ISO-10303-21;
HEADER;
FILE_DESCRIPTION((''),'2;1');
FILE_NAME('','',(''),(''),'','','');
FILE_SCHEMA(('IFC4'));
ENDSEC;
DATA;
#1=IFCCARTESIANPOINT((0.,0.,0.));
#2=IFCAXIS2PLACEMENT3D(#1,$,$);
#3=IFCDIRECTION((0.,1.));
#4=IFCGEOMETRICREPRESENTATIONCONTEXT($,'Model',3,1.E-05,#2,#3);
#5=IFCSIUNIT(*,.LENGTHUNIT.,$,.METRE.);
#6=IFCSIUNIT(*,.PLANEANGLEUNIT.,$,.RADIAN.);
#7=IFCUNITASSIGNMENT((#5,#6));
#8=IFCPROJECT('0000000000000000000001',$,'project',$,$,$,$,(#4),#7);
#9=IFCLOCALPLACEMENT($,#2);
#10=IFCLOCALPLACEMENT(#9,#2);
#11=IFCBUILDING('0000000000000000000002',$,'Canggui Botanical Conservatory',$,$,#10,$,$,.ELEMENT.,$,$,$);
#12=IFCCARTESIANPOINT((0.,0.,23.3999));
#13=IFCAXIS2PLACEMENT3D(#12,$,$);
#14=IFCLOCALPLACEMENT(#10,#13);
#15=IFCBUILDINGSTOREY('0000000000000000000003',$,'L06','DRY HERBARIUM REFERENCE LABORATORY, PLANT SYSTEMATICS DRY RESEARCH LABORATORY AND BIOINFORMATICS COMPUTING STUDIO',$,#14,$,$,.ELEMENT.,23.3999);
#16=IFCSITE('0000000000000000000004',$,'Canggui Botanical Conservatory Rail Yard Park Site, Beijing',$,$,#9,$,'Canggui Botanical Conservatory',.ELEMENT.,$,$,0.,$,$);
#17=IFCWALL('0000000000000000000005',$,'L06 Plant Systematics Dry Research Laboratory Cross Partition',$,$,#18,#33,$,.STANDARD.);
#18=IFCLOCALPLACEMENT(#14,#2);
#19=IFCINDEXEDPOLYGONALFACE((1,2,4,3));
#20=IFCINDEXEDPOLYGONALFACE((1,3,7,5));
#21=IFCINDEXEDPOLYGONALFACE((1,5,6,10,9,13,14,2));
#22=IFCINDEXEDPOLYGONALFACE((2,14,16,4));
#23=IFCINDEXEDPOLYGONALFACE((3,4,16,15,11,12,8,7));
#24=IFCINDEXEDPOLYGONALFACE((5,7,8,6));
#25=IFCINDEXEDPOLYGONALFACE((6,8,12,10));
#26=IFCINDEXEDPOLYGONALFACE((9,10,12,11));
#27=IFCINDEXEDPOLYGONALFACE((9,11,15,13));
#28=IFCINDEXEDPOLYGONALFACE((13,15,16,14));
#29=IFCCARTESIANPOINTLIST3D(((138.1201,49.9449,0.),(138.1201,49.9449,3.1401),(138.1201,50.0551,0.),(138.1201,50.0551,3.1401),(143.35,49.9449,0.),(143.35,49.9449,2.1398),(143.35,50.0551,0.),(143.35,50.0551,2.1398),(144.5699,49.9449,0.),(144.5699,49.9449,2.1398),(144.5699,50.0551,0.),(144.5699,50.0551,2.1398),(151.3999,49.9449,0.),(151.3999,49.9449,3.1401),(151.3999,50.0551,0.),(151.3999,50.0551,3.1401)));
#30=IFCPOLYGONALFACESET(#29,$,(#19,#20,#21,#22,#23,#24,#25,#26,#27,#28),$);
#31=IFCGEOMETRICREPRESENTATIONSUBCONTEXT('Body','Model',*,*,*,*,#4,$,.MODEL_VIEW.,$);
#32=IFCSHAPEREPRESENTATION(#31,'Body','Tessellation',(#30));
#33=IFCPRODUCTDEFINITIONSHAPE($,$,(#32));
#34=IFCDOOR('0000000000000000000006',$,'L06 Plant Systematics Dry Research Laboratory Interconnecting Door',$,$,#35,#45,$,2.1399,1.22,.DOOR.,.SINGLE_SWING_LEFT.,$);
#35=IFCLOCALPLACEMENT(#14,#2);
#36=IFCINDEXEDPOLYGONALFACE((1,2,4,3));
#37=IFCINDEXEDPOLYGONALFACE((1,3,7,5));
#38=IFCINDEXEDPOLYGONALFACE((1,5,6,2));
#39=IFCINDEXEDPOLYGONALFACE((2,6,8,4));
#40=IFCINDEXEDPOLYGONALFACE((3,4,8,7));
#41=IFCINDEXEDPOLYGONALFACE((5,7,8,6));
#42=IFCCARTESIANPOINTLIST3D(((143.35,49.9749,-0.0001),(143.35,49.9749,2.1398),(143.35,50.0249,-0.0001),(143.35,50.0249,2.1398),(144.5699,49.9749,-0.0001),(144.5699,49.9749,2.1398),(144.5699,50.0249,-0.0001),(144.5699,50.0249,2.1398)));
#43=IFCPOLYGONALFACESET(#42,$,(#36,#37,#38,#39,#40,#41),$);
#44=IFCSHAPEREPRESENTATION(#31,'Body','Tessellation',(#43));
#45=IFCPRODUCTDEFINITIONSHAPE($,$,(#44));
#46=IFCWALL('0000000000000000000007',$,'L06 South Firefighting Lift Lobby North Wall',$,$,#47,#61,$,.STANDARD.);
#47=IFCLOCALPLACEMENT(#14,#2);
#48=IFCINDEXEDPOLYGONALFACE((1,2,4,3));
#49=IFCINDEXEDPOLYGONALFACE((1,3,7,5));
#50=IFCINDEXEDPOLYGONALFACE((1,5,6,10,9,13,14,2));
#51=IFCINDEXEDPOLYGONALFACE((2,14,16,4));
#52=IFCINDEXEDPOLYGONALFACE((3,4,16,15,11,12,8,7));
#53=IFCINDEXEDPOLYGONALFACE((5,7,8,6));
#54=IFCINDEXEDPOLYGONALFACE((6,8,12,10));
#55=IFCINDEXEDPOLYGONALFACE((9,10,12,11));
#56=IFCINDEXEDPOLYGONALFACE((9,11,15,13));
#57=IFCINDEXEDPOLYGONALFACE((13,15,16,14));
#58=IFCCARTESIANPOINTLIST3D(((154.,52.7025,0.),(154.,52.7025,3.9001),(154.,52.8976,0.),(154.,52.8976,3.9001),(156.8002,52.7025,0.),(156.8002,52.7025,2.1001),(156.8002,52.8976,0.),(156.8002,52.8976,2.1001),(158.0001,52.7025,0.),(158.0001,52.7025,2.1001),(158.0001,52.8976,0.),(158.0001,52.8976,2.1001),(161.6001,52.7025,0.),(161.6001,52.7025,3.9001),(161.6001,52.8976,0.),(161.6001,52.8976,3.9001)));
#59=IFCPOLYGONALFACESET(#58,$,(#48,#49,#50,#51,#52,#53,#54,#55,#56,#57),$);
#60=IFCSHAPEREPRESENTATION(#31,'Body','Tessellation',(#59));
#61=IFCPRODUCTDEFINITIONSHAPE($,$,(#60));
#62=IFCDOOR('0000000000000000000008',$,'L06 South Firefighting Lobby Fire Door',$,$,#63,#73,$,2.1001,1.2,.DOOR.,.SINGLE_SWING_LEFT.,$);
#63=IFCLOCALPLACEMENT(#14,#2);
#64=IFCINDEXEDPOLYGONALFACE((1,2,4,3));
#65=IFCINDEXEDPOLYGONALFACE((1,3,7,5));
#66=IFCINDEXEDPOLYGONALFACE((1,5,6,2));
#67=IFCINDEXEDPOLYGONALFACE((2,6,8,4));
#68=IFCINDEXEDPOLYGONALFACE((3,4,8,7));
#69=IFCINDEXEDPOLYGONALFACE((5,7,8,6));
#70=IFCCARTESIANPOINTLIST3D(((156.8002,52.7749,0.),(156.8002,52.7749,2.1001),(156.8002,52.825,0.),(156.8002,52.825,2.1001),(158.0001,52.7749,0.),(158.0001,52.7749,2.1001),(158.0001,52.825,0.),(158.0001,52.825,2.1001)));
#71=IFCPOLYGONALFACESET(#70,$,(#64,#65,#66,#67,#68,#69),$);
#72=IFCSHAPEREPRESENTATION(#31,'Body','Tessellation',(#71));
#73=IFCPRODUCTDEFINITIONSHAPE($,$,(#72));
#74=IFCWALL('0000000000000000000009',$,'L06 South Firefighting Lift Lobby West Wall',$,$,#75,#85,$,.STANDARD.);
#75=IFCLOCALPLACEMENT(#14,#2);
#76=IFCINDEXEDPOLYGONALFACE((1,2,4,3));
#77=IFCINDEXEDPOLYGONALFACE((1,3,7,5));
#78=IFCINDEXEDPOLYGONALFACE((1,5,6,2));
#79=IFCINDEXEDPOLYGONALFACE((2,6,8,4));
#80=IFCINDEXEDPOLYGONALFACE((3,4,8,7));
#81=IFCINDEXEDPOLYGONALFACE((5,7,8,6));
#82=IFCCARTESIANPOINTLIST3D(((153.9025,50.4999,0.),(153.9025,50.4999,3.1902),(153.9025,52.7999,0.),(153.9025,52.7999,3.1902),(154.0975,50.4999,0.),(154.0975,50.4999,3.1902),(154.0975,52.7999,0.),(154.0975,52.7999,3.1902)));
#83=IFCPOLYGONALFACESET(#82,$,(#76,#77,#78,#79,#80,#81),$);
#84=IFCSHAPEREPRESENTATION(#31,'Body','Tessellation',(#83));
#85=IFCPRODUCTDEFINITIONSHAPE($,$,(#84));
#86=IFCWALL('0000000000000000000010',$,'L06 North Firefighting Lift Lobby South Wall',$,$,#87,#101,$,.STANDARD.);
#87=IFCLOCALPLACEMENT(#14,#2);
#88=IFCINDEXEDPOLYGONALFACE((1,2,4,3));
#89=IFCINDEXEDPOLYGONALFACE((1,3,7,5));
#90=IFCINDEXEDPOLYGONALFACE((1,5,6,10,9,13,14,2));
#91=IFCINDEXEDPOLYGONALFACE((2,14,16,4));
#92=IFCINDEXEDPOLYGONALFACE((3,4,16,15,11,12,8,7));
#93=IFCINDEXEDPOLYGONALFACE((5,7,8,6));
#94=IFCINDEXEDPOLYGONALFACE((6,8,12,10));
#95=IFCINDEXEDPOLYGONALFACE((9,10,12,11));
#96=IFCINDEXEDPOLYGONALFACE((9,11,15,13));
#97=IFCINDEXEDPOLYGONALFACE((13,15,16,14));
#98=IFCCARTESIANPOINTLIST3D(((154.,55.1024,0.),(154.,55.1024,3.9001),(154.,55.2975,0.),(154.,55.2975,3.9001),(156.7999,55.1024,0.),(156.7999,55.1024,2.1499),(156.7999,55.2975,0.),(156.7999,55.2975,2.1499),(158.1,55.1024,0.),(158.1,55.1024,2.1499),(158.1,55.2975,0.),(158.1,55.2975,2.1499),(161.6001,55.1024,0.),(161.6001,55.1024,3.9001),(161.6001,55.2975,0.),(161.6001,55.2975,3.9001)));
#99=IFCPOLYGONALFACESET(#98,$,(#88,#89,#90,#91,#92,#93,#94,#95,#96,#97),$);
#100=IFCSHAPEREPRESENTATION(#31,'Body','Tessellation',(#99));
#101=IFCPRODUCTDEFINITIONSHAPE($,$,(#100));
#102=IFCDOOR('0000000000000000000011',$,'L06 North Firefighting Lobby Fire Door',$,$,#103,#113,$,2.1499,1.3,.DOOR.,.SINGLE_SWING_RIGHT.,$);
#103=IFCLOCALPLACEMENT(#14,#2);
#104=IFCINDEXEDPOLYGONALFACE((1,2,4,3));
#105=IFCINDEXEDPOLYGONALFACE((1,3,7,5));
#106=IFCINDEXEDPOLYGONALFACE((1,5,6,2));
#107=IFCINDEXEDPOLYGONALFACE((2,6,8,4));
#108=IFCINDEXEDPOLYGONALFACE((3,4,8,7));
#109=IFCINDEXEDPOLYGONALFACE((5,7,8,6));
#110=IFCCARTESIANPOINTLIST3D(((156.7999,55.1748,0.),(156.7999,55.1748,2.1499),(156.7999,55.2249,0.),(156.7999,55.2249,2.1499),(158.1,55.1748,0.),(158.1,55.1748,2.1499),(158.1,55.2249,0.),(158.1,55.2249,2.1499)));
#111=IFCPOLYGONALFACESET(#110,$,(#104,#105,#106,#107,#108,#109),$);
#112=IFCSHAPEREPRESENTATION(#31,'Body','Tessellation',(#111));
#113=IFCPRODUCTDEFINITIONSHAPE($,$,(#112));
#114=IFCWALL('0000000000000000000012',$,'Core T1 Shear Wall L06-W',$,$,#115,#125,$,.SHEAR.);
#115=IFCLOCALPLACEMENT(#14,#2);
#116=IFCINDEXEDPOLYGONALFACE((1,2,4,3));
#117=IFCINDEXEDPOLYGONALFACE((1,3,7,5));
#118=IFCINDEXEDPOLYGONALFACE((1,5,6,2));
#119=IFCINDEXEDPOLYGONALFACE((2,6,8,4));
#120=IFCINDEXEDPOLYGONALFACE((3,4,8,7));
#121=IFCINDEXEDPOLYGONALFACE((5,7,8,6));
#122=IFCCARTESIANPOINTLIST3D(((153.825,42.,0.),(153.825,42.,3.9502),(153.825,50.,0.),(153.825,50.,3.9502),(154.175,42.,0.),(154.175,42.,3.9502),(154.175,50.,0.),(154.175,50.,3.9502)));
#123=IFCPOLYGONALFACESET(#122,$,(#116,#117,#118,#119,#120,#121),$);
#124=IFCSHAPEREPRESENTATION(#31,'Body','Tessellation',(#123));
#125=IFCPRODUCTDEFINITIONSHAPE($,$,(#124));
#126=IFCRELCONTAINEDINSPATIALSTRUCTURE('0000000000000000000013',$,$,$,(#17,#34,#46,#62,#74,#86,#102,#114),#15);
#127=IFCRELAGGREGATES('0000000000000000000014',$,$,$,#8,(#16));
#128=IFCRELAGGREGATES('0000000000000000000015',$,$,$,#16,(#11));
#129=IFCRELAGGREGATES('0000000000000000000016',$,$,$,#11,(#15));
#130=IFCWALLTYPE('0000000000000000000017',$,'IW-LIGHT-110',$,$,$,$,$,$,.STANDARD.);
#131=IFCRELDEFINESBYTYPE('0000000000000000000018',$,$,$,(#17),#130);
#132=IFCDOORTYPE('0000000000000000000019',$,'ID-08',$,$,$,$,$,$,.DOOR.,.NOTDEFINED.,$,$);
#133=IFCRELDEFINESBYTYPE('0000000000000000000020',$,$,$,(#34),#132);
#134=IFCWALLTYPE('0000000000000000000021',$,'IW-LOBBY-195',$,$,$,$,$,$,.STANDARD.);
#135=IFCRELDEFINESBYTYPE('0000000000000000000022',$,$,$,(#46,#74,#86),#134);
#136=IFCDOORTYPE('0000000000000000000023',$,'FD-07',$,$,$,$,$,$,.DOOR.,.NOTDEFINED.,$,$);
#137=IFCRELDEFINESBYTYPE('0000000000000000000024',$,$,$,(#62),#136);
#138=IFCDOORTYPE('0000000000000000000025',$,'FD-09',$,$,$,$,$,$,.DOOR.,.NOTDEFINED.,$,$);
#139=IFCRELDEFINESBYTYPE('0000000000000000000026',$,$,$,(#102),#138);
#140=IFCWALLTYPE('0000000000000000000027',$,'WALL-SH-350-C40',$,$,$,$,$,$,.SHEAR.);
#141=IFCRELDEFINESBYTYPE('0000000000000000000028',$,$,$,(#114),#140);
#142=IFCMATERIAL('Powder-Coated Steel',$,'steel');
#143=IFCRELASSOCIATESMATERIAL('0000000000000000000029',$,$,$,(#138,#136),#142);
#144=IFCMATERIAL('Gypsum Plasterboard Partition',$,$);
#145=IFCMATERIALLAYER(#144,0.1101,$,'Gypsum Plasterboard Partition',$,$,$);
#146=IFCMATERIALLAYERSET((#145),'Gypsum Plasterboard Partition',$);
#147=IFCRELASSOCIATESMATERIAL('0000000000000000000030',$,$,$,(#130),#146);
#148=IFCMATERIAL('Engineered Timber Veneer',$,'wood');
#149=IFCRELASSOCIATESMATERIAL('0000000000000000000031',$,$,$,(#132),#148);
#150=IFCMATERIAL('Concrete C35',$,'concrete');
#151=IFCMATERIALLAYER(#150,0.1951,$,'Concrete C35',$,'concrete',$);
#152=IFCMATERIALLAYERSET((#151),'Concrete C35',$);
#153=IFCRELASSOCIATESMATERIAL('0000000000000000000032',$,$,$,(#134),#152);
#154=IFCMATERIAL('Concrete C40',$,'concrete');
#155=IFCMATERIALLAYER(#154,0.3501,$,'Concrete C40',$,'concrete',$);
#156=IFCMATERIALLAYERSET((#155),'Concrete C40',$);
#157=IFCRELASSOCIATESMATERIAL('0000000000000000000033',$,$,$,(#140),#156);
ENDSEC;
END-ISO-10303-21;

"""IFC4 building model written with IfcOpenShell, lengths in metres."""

from ifc_helpers import new_model, si_unit, direction, frame, frame_2d, origin, place, context, subcontext, project, spatial, rectangle, extrude, material, layer, layer_set, type_object, element, fill, save


model = new_model("IFC4")

# Units and contexts
model_context = context("Model", 3, precision=1e-05, world=origin(), true_north=direction((0.0, 1.0)))
body_context = subcontext(model_context, "Body", "Model", "MODEL_VIEW")
ifc_project = project(units=[si_unit("LENGTHUNIT", "METRE"), si_unit("PLANEANGLEUNIT", "RADIAN")], contexts=[model_context])

# Site, building, storey
site_placement = place(None, origin())
site = spatial("IfcSite", under=ifc_project, at=site_placement, Name="Canggui Botanical Conservatory Rail Yard Park Site, Beijing", LongName="Canggui Botanical Conservatory", CompositionType="ELEMENT", RefElevation=0.0)
building_placement = place(site_placement, origin())
building = spatial("IfcBuilding", under=site, at=building_placement, Name="Canggui Botanical Conservatory", CompositionType="ELEMENT")
storey_placement = place(building_placement, frame((0.0, 0.0, 23.3999)))
storey = spatial("IfcBuildingStorey", under=building, at=storey_placement, Name="L06", Description="DRY HERBARIUM REFERENCE LABORATORY, PLANT SYSTEMATICS DRY RESEARCH LABORATORY AND BIOINFORMATICS COMPUTING STUDIO", CompositionType="ELEMENT", Elevation=23.3999)

# Shared definitions
ifc_material_1 = material(Name="Concrete C40", Category="concrete")

# Shared definitions
ifc_material_2 = material(Name="Concrete C35", Category="concrete")

# Walls, openings, doors
ifc_material_3 = material(Name="Gypsum Plasterboard Partition")
ifc_material_4 = material(Name="Powder-Coated Steel", Category="steel")
door_type_1 = type_object("IfcDoorType", Name="FD-09", OperationType="NOTDEFINED", PredefinedType="DOOR", material=ifc_material_4)
ifc_layer_1 = layer(ifc_material_3, 0.1101, Name="Gypsum Plasterboard Partition")
ifc_layer_set_1 = layer_set([ifc_layer_1], Name="Gypsum Plasterboard Partition")
wall_type_1 = type_object("IfcWallType", Name="IW-LIGHT-110", PredefinedType="STANDARD", material=ifc_layer_set_1)
wall_1_placement = place(storey_placement, frame((138.1201, 50.0, 0.0), z_axis=(0.0, 0.0, 1.0), x_axis=(1.0, 0.0, 0.0)))
wall_1 = element("IfcWall", 1, at=wall_1_placement, inside=storey, type_object=wall_type_1, Name="L06 Plant Systematics Dry Research Laboratory Cross Partition", PredefinedType="STANDARD", context=body_context, shape_type="SweptSolid", body=[
    extrude(rectangle(XDim=13.2798, YDim=0.1101, at=frame_2d((6.6399, 0.0))), origin(), (0.0, 0.0, 1.0), 3.1401),
])
opening_1_placement = place(wall_1_placement, frame((5.23, 0.0, 0.0)))
opening_1 = element("IfcOpeningElement", 2, at=opening_1_placement, cuts=wall_1, PredefinedType="OPENING", context=body_context, shape_type="SweptSolid", body=[
    extrude(rectangle(XDim=1.22, YDim=2.1399, at=frame_2d((0.6099, 1.0698))), frame((0.0, 0.0649, 0.0), z_axis=(0.0, -1.0, 0.0), x_axis=(1.0, 0.0, 0.0)), (0.0, 0.0, 1.0), 0.1301),
])
ifc_material_5 = material(Name="Engineered Timber Veneer", Category="wood")
door_type_2 = type_object("IfcDoorType", Name="ID-08", OperationType="NOTDEFINED", PredefinedType="DOOR", material=ifc_material_5)
door_1_placement = place(opening_1_placement, origin())
door_1 = element("IfcDoor", 3, at=door_1_placement, inside=storey, type_object=door_type_2, Name="L06 Plant Systematics Dry Research Laboratory Interconnecting Door", OperationType="SINGLE_SWING_LEFT", OverallHeight=2.1399, OverallWidth=1.22, PredefinedType="DOOR", context=body_context, shape_type="SweptSolid", body=[
    extrude(rectangle(XDim=1.22, YDim=2.1399, at=frame_2d((0.6099, 1.0698))), frame((0.0, 0.0249, 0.0), z_axis=(0.0, -1.0, 0.0), x_axis=(1.0, 0.0, 0.0)), (0.0, 0.0, 1.0), 0.05),
])
fill(opening_1, door_1)
ifc_layer_2 = layer(ifc_material_2, 0.1951, Name="Concrete C35", Category="concrete")
ifc_layer_set_2 = layer_set([ifc_layer_2], Name="Concrete C35")
wall_type_2 = type_object("IfcWallType", Name="IW-LOBBY-195", PredefinedType="STANDARD", material=ifc_layer_set_2)
wall_2_placement = place(storey_placement, frame((154.0, 52.8, 0.0), z_axis=(0.0, 0.0, 1.0), x_axis=(1.0, 0.0, 0.0)))
wall_2 = element("IfcWall", 4, at=wall_2_placement, inside=storey, type_object=wall_type_2, Name="L06 South Firefighting Lift Lobby North Wall", PredefinedType="STANDARD", context=body_context, shape_type="SweptSolid", body=[
    extrude(rectangle(XDim=7.6001, YDim=0.1951, at=frame_2d((3.8, 0.0))), origin(), (0.0, 0.0, 1.0), 3.9001),
])
opening_2_placement = place(wall_2_placement, frame((2.8, 0.0, 0.0)))
opening_2 = element("IfcOpeningElement", 5, at=opening_2_placement, cuts=wall_2, PredefinedType="OPENING", context=body_context, shape_type="SweptSolid", body=[
    extrude(rectangle(XDim=1.2, YDim=2.1001, at=frame_2d((0.6001, 1.05))), frame((0.0, 0.1074, 0.0), z_axis=(0.0, -1.0, 0.0), x_axis=(1.0, 0.0, 0.0)), (0.0, 0.0, 1.0), 0.2151),
])
door_type_3 = type_object("IfcDoorType", Name="FD-07", OperationType="NOTDEFINED", PredefinedType="DOOR", material=ifc_material_4)
door_2_placement = place(opening_2_placement, origin())
door_2 = element("IfcDoor", 6, at=door_2_placement, inside=storey, type_object=door_type_3, Name="L06 South Firefighting Lobby Fire Door", OperationType="SINGLE_SWING_LEFT", OverallHeight=2.1001, OverallWidth=1.2, PredefinedType="DOOR", context=body_context, shape_type="SweptSolid", body=[
    extrude(rectangle(XDim=1.2, YDim=2.1001, at=frame_2d((0.6001, 1.05))), frame((0.0, 0.0249, 0.0), z_axis=(0.0, -1.0, 0.0), x_axis=(1.0, 0.0, 0.0)), (0.0, 0.0, 1.0), 0.05),
])
fill(opening_2, door_2)

# Wall
wall_3_placement = place(storey_placement, frame((154.0, 50.5, 0.0), z_axis=(0.0, 0.0, 1.0), x_axis=(0.0, 1.0, 0.0)))
element("IfcWall", 7, at=wall_3_placement, inside=storey, type_object=wall_type_2, Name="L06 South Firefighting Lift Lobby West Wall", PredefinedType="STANDARD", context=body_context, shape_type="SweptSolid", body=[
    extrude(rectangle(XDim=2.3, YDim=0.1951, at=frame_2d((1.1499, 0.0))), origin(), (0.0, 0.0, 1.0), 3.1902),
])

# Wall, opening, door
wall_4_placement = place(storey_placement, frame((154.0, 55.2, 0.0), z_axis=(0.0, 0.0, 1.0), x_axis=(1.0, 0.0, 0.0)))
wall_4 = element("IfcWall", 8, at=wall_4_placement, inside=storey, type_object=wall_type_2, Name="L06 North Firefighting Lift Lobby South Wall", PredefinedType="STANDARD", context=body_context, shape_type="SweptSolid", body=[
    extrude(rectangle(XDim=7.6001, YDim=0.1951, at=frame_2d((3.8, 0.0))), origin(), (0.0, 0.0, 1.0), 3.9001),
])
opening_3_placement = place(wall_4_placement, frame((2.8, 0.0, 0.0)))
opening_3 = element("IfcOpeningElement", 9, at=opening_3_placement, cuts=wall_4, PredefinedType="OPENING", context=body_context, shape_type="SweptSolid", body=[
    extrude(rectangle(XDim=1.3, YDim=2.1499, at=frame_2d((0.6499, 1.075))), frame((0.0, 0.1074, 0.0), z_axis=(0.0, -1.0, 0.0), x_axis=(1.0, 0.0, 0.0)), (0.0, 0.0, 1.0), 0.2151),
])
door_3_placement = place(opening_3_placement, origin())
door_3 = element("IfcDoor", 10, at=door_3_placement, inside=storey, type_object=door_type_1, Name="L06 North Firefighting Lobby Fire Door", OperationType="SINGLE_SWING_RIGHT", OverallHeight=2.1499, OverallWidth=1.3, PredefinedType="DOOR", context=body_context, shape_type="SweptSolid", body=[
    extrude(rectangle(XDim=1.3, YDim=2.1499, at=frame_2d((0.6499, 1.075))), frame((0.0, 0.0249, 0.0), z_axis=(0.0, -1.0, 0.0), x_axis=(1.0, 0.0, 0.0)), (0.0, 0.0, 1.0), 0.05),
])
fill(opening_3, door_3)

# Wall
ifc_layer_3 = layer(ifc_material_1, 0.3501, Name="Concrete C40", Category="concrete")
ifc_layer_set_3 = layer_set([ifc_layer_3], Name="Concrete C40")
wall_type_3 = type_object("IfcWallType", Name="WALL-SH-350-C40", PredefinedType="SHEAR", material=ifc_layer_set_3)
wall_5_placement = place(storey_placement, frame((154.0, 50.0, 0.0), z_axis=(0.0, 0.0, 1.0), x_axis=(0.0, -1.0, 0.0)))
element("IfcWall", 11, at=wall_5_placement, inside=storey, type_object=wall_type_3, Name="Core T1 Shear Wall L06-W", PredefinedType="SHEAR", context=body_context, shape_type="SweptSolid", body=[
    extrude(rectangle(XDim=8.0, YDim=0.3501, at=frame_2d((4.0, 0.0))), origin(), (0.0, 0.0, 1.0), 3.9502),
])

save(model, "model.ifc")
